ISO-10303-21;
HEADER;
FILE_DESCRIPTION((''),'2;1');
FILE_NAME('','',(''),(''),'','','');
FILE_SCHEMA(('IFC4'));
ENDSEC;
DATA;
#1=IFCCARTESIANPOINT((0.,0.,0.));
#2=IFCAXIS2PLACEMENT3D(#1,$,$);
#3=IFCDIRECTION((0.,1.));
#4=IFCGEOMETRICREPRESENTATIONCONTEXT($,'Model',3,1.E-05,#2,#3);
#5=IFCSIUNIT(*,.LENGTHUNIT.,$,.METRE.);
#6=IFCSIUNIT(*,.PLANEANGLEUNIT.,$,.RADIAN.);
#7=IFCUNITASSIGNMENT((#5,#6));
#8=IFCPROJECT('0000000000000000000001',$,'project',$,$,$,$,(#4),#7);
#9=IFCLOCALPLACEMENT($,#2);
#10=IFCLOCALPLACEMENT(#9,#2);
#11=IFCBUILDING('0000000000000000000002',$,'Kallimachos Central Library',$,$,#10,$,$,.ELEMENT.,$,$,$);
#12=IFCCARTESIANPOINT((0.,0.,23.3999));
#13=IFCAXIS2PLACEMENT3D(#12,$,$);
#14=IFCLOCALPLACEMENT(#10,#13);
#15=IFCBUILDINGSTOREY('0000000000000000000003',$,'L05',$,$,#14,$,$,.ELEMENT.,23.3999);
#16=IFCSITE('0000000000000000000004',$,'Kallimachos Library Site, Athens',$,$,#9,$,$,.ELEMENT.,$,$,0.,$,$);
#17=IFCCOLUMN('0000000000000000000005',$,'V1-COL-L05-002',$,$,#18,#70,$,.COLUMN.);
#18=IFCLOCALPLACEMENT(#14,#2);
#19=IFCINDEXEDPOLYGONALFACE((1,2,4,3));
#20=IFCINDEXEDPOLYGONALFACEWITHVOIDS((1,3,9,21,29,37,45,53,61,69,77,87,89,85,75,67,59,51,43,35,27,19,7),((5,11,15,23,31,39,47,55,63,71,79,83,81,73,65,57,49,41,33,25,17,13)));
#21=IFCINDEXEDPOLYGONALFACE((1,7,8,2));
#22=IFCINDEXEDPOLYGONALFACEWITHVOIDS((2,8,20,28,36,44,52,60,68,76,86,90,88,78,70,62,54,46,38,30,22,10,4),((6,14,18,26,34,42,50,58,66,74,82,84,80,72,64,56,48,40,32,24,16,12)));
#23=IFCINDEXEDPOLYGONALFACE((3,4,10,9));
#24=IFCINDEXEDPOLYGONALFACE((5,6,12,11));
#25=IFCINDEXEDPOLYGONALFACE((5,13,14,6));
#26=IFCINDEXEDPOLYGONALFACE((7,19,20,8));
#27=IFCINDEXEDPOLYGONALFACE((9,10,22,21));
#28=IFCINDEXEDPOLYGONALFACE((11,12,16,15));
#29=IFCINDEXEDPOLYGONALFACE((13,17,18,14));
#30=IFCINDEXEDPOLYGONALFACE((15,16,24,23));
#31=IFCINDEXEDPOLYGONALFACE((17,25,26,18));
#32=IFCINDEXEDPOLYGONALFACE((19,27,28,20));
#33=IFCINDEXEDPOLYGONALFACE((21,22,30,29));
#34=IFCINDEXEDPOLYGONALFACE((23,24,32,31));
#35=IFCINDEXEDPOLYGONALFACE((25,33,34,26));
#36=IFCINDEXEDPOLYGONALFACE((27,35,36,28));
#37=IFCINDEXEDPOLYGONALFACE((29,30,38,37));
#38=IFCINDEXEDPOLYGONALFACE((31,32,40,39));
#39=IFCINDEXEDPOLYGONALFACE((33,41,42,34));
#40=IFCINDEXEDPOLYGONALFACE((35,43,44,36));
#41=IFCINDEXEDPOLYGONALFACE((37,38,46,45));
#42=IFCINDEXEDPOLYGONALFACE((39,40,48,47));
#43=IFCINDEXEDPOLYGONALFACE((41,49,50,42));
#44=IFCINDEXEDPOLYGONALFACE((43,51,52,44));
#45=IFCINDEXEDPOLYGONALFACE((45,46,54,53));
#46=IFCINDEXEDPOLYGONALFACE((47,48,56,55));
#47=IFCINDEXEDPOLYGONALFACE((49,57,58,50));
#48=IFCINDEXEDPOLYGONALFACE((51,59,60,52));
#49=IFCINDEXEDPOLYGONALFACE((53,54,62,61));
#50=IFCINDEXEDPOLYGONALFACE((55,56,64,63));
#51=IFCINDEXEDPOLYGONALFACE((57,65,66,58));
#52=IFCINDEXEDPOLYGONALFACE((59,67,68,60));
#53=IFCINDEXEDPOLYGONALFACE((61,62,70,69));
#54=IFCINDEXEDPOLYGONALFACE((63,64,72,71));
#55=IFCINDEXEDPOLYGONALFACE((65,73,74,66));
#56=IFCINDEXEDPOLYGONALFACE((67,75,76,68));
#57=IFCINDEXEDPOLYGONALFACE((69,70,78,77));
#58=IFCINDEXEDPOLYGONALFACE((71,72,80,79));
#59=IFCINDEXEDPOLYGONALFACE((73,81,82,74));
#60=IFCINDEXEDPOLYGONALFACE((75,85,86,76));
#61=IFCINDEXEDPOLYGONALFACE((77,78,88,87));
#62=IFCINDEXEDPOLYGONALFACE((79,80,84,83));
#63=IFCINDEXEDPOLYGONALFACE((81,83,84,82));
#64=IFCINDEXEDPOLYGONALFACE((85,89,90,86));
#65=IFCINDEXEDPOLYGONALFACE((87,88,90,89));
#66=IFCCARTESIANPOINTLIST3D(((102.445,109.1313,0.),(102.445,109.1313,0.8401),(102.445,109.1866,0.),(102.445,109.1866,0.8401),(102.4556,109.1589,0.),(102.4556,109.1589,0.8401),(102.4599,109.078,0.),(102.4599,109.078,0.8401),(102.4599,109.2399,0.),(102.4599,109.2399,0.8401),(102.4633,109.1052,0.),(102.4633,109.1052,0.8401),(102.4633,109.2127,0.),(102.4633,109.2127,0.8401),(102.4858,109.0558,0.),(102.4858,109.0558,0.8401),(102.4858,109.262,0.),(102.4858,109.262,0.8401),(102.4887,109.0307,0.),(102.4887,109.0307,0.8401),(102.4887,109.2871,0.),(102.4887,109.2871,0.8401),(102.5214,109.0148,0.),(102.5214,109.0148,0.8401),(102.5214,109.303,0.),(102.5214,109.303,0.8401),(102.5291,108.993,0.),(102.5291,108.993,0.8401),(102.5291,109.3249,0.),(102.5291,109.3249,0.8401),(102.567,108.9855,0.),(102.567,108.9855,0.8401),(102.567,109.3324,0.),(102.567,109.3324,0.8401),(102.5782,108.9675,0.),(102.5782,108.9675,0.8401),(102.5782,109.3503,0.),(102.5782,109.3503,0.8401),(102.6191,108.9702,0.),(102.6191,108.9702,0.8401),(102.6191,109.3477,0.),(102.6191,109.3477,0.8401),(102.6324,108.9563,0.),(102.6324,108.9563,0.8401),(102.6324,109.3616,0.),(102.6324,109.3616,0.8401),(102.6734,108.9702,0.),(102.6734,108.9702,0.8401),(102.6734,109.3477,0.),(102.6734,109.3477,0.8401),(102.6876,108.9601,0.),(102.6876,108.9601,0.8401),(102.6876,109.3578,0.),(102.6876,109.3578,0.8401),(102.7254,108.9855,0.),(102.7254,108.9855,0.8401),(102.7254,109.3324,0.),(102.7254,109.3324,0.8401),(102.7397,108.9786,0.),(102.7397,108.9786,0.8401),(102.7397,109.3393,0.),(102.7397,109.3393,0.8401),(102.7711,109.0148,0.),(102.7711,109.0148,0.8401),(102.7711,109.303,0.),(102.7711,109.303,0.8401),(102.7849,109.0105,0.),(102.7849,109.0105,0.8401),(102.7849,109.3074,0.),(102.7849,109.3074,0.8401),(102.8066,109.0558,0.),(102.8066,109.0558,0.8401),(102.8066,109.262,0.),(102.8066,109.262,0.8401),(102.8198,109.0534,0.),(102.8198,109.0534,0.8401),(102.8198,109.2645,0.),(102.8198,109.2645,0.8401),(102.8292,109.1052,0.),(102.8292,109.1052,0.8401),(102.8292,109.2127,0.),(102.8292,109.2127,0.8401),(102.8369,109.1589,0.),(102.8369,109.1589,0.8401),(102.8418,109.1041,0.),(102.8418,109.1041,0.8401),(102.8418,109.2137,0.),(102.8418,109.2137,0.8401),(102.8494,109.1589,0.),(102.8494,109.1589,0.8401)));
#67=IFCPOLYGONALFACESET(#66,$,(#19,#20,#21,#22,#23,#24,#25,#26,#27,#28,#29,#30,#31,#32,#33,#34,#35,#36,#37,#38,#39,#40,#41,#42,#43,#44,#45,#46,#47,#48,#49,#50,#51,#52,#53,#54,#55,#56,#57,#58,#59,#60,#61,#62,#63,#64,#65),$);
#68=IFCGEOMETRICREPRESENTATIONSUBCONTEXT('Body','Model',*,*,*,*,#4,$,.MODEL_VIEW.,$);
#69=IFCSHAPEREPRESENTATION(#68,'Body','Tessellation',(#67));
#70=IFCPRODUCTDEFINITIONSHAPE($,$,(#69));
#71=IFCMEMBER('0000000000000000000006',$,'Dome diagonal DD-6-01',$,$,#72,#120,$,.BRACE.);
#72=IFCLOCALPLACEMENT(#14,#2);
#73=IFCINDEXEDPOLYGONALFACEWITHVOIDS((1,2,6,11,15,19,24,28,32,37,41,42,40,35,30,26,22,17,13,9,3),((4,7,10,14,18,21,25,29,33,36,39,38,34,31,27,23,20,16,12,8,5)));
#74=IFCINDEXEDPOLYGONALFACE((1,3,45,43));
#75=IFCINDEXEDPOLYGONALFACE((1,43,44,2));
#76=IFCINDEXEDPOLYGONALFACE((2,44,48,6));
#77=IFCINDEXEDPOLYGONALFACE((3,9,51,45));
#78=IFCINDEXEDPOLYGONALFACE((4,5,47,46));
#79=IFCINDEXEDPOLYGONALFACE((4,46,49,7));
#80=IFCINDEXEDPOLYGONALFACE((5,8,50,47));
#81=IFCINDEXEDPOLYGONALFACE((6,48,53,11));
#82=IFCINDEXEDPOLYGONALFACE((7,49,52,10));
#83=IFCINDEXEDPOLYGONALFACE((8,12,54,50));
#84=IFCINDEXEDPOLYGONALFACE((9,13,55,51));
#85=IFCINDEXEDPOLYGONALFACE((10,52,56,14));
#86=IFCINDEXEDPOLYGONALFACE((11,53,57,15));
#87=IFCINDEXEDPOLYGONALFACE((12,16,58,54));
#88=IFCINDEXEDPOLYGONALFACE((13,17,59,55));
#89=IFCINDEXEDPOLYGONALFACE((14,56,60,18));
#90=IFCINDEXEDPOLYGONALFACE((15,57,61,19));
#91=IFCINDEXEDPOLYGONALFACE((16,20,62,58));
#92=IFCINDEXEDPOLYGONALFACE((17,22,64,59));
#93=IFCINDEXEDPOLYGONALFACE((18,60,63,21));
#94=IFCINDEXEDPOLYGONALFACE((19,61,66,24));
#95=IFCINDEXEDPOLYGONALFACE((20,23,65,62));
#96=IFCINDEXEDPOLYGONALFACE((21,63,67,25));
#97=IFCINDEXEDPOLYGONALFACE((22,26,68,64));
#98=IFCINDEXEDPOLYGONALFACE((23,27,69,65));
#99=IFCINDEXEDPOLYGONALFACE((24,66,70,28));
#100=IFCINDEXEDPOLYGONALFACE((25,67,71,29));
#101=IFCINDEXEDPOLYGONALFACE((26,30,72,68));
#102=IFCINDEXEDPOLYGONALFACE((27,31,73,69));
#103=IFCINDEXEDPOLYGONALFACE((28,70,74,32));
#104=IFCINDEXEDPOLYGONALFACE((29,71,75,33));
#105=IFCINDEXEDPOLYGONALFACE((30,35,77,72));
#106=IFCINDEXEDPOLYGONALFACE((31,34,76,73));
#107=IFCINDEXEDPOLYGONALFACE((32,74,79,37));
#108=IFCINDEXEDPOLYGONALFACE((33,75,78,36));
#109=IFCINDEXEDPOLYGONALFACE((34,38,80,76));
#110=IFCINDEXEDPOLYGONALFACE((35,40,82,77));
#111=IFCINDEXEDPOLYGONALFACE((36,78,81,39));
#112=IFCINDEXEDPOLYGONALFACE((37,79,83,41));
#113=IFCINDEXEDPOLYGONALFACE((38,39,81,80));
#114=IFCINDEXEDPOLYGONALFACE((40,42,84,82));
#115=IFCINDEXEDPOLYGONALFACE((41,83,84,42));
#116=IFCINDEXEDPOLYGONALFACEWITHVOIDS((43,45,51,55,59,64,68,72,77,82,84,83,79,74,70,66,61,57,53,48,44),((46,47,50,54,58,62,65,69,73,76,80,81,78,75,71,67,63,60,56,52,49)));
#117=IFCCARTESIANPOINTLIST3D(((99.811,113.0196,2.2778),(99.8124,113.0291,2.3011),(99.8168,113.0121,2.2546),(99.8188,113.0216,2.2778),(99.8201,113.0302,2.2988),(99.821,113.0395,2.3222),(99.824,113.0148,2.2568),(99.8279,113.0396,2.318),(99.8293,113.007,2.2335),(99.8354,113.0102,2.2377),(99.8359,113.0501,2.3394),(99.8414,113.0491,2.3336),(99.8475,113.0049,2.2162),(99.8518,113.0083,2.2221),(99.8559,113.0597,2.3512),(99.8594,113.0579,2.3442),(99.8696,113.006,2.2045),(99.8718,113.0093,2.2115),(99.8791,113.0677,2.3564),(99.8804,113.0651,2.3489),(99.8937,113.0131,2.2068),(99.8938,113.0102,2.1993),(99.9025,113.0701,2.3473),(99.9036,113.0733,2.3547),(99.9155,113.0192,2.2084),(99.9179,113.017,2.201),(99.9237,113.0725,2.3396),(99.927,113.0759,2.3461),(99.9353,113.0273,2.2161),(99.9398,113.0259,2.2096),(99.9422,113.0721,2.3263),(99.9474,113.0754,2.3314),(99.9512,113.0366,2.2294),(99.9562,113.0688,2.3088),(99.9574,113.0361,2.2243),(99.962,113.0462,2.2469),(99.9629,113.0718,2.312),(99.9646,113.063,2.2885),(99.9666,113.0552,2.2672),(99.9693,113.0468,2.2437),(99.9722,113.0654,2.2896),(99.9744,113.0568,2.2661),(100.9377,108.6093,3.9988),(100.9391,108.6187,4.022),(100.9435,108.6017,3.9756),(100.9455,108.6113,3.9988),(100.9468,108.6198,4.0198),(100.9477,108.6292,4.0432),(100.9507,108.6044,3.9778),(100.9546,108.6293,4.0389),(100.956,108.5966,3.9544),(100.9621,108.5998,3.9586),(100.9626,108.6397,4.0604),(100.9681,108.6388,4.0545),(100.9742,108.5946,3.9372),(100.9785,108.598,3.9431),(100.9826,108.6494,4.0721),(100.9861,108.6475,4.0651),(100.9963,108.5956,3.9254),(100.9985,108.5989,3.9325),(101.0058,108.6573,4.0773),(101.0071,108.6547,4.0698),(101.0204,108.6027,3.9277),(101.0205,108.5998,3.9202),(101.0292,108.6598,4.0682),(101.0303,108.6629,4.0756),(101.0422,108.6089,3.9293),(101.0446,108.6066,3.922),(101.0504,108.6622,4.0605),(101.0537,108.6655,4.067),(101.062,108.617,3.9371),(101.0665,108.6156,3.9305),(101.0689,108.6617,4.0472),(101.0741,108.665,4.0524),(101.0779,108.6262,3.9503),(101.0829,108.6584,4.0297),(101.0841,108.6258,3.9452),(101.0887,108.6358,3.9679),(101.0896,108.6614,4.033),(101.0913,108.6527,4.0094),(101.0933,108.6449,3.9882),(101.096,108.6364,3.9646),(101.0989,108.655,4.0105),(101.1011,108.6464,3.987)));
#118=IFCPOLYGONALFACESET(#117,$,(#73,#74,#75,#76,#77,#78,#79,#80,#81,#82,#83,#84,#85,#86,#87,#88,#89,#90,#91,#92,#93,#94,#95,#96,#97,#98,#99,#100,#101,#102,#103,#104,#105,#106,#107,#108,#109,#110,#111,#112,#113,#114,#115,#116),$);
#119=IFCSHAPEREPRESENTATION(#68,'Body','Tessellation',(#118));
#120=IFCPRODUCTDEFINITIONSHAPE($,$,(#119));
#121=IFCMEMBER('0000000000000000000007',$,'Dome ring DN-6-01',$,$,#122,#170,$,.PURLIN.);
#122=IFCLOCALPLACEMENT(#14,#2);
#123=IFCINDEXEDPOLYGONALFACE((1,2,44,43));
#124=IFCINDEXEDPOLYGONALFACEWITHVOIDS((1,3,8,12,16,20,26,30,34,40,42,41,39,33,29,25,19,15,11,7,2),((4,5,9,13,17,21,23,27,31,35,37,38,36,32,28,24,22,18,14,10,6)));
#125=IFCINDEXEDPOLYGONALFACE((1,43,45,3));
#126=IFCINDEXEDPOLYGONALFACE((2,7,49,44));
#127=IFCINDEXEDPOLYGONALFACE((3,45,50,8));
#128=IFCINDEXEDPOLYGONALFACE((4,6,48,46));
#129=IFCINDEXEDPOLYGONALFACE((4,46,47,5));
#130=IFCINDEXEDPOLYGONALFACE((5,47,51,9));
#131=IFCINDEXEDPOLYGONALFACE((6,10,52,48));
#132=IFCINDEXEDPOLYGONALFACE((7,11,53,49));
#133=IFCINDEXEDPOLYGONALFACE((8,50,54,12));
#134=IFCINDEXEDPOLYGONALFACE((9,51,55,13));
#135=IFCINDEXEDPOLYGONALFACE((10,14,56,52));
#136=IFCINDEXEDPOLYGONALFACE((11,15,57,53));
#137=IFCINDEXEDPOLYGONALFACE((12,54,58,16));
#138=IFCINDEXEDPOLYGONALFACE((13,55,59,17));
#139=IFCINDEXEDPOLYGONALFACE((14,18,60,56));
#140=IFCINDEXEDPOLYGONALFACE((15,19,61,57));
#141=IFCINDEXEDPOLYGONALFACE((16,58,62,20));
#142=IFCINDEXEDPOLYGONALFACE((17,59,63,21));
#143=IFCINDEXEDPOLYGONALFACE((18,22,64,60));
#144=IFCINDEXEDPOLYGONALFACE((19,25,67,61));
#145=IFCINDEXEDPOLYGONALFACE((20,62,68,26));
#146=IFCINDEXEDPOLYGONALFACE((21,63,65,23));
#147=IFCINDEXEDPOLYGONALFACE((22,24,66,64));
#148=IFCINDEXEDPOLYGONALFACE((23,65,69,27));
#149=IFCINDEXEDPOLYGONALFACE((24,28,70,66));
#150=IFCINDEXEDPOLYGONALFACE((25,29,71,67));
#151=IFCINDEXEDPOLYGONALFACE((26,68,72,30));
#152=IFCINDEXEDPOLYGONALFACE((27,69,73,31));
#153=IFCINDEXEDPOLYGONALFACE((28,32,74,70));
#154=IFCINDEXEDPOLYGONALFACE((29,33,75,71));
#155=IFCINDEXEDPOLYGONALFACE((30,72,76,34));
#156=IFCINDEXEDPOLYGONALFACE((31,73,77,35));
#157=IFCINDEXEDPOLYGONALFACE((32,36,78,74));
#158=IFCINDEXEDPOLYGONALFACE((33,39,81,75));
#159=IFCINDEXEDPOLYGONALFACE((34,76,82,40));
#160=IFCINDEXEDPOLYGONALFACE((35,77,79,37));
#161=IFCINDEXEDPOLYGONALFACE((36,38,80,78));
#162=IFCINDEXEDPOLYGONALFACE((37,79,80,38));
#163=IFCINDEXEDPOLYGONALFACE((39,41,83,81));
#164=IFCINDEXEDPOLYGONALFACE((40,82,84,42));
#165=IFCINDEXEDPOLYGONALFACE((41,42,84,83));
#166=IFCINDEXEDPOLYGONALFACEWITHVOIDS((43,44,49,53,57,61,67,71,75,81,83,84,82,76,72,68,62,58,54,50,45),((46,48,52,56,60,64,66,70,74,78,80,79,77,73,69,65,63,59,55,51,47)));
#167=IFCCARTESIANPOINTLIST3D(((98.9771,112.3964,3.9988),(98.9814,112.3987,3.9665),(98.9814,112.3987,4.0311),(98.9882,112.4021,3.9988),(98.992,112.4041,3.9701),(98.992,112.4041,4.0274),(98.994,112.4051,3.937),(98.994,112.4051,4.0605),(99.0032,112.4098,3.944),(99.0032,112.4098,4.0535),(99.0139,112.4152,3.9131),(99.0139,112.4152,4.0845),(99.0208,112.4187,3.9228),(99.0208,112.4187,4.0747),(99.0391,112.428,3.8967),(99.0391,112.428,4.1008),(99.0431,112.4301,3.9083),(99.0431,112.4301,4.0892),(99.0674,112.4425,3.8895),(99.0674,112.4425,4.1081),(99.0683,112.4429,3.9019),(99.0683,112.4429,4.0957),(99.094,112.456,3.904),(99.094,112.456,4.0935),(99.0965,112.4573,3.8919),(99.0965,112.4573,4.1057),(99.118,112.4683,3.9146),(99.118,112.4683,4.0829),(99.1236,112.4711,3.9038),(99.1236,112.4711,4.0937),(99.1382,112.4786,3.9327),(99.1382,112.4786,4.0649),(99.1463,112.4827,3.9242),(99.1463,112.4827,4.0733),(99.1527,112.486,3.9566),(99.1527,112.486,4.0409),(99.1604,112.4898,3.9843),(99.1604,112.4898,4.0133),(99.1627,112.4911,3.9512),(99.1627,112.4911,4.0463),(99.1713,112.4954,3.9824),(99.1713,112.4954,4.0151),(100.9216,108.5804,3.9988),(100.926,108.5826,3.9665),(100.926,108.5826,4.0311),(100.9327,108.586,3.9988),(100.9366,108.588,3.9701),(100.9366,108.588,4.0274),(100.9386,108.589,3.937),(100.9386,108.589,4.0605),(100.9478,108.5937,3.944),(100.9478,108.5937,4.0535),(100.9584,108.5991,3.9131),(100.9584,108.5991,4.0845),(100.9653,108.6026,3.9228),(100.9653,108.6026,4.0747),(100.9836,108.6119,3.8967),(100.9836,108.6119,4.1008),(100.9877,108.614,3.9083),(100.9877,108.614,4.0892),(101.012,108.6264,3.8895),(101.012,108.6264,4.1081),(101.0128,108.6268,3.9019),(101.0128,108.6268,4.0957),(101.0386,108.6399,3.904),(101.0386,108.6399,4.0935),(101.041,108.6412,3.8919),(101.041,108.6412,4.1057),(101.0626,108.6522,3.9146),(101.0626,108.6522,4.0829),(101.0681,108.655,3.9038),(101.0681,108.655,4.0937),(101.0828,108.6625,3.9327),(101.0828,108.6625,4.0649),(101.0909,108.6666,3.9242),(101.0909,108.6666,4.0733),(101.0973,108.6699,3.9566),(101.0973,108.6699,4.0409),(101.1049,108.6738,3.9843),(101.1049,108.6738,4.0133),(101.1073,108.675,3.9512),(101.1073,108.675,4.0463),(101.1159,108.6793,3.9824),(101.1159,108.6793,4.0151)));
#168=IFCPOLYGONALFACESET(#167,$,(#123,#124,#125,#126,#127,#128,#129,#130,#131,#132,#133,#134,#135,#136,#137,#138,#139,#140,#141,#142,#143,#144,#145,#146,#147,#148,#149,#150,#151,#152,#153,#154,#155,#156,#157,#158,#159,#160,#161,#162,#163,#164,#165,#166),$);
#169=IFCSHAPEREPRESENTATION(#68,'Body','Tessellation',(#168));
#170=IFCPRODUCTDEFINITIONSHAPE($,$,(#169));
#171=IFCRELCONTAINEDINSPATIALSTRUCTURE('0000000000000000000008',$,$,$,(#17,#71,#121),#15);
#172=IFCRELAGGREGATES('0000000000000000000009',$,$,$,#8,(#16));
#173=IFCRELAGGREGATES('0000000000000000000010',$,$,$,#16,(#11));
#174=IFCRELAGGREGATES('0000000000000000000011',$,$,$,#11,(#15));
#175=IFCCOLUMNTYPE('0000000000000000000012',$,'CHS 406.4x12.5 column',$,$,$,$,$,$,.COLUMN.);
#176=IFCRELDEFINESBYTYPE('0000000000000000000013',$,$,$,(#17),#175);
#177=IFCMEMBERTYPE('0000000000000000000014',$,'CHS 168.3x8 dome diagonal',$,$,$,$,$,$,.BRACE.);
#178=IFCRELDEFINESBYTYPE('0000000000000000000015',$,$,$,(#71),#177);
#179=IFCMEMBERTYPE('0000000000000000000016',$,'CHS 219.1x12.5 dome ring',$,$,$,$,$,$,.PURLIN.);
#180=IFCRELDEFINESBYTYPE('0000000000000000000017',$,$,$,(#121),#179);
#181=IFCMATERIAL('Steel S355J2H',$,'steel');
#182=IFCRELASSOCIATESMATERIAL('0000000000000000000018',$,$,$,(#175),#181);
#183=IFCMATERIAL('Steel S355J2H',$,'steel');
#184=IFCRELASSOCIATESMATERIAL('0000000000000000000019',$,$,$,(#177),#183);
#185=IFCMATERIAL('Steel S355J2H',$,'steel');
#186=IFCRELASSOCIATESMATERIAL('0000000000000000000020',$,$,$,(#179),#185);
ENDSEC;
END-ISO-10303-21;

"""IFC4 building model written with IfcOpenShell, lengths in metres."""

from ifc_helpers import new_model, si_unit, direction, frame, origin, origin_2d, place, context, subcontext, project, spatial, hollow_circle, extrude, material, material_profile, profile_set, type_object, element, save


model = new_model("IFC4")

# Units and contexts
model_context = context("Model", 3, precision=1e-05, world=origin(), true_north=direction((0.0, 1.0)))
body_context = subcontext(model_context, "Body", "Model", "MODEL_VIEW")
ifc_project = project(units=[si_unit("LENGTHUNIT", "METRE"), si_unit("PLANEANGLEUNIT", "RADIAN")], contexts=[model_context])

# Site, building, storey
site_placement = place(None, origin())
site = spatial("IfcSite", under=ifc_project, at=site_placement, Name="Kallimachos Library Site, Athens", CompositionType="ELEMENT", RefElevation=0.0)
building_placement = place(site_placement, origin())
building = spatial("IfcBuilding", under=site, at=building_placement, Name="Kallimachos Central Library", CompositionType="ELEMENT")
storey_placement = place(building_placement, frame((0.0, 0.0, 23.3999)))
storey = spatial("IfcBuildingStorey", under=building, at=storey_placement, Name="L05", CompositionType="ELEMENT", Elevation=23.3999)

# Column
ifc_material_1 = material(Name="Steel S355J2H", Category="steel")
ifc_material_profile_1 = material_profile(ifc_material_1, hollow_circle(Radius=0.2031, WallThickness=0.0125, at=origin_2d()), Name="CHS 406.4x12.5")
ifc_profile_set_1 = profile_set([ifc_material_profile_1], Name="Steel S355J2H")
column_type = type_object("IfcColumnType", Name="CHS 406.4x12.5 column", PredefinedType="COLUMN", material=ifc_profile_set_1)
column_placement = place(storey_placement, frame((102.6462, 109.1589, 0.0), z_axis=(0.0, 0.0, 1.0), x_axis=(1.0, 0.0, 0.0)))
element("IfcColumn", 1, at=column_placement, inside=storey, type_object=column_type, Name="V1-COL-L05-002", PredefinedType="COLUMN", context=body_context, shape_type="SweptSolid", body=[
    extrude(hollow_circle(Radius=0.2031, WallThickness=0.0125, at=origin_2d()), origin(), (0.0, 0.0, 1.0), 0.8401),
])

# Members
ifc_material_2 = material(Name="Steel S355J2H", Category="steel")
ifc_material_profile_2 = material_profile(ifc_material_2, hollow_circle(Radius=0.0842, WallThickness=0.0081, at=origin_2d()), Name="CHS 168.3x8")
ifc_profile_set_2 = profile_set([ifc_material_profile_2], Name="Steel S355J2H")
member_type_1 = type_object("IfcMemberType", Name="CHS 168.3x8 dome diagonal", PredefinedType="BRACE", material=ifc_profile_set_2)
member_1_placement = place(storey_placement, frame((101.0193, 108.6301, 3.9988), z_axis=(-0.231524, 0.906279, -0.353632), x_axis=(-0.968884, -0.247517, 0.0)))
element("IfcMember", 2, at=member_1_placement, inside=storey, type_object=member_type_1, Name="Dome diagonal DD-6-01", PredefinedType="BRACE", context=body_context, shape_type="SweptSolid", body=[
    extrude(hollow_circle(Radius=0.0842, WallThickness=0.0081, at=origin_2d()), origin(), (0.0, 0.0, 1.0), 4.8665),
])
ifc_material_3 = material(Name="Steel S355J2H", Category="steel")
ifc_material_profile_3 = material_profile(ifc_material_3, hollow_circle(Radius=0.1096, WallThickness=0.0125, at=origin_2d()), Name="CHS 219.1x12.5")
ifc_profile_set_3 = profile_set([ifc_material_profile_3], Name="Steel S355J2H")
member_type_2 = type_object("IfcMemberType", Name="CHS 219.1x12.5 dome ring", PredefinedType="PURLIN", material=ifc_profile_set_3)
member_2_placement = place(storey_placement, frame((101.0193, 108.6301, 3.9988), z_axis=(-0.454018, 0.890993, 0.0), x_axis=(-0.890993, -0.454018, 0.0)))
element("IfcMember", 3, at=member_2_placement, inside=storey, type_object=member_type_2, Name="Dome ring DN-6-01", PredefinedType="PURLIN", context=body_context, shape_type="SweptSolid", body=[
    extrude(hollow_circle(Radius=0.1096, WallThickness=0.0125, at=origin_2d()), origin(), (0.0, 0.0, 1.0), 4.283),
])

save(model, "model.ifc")
